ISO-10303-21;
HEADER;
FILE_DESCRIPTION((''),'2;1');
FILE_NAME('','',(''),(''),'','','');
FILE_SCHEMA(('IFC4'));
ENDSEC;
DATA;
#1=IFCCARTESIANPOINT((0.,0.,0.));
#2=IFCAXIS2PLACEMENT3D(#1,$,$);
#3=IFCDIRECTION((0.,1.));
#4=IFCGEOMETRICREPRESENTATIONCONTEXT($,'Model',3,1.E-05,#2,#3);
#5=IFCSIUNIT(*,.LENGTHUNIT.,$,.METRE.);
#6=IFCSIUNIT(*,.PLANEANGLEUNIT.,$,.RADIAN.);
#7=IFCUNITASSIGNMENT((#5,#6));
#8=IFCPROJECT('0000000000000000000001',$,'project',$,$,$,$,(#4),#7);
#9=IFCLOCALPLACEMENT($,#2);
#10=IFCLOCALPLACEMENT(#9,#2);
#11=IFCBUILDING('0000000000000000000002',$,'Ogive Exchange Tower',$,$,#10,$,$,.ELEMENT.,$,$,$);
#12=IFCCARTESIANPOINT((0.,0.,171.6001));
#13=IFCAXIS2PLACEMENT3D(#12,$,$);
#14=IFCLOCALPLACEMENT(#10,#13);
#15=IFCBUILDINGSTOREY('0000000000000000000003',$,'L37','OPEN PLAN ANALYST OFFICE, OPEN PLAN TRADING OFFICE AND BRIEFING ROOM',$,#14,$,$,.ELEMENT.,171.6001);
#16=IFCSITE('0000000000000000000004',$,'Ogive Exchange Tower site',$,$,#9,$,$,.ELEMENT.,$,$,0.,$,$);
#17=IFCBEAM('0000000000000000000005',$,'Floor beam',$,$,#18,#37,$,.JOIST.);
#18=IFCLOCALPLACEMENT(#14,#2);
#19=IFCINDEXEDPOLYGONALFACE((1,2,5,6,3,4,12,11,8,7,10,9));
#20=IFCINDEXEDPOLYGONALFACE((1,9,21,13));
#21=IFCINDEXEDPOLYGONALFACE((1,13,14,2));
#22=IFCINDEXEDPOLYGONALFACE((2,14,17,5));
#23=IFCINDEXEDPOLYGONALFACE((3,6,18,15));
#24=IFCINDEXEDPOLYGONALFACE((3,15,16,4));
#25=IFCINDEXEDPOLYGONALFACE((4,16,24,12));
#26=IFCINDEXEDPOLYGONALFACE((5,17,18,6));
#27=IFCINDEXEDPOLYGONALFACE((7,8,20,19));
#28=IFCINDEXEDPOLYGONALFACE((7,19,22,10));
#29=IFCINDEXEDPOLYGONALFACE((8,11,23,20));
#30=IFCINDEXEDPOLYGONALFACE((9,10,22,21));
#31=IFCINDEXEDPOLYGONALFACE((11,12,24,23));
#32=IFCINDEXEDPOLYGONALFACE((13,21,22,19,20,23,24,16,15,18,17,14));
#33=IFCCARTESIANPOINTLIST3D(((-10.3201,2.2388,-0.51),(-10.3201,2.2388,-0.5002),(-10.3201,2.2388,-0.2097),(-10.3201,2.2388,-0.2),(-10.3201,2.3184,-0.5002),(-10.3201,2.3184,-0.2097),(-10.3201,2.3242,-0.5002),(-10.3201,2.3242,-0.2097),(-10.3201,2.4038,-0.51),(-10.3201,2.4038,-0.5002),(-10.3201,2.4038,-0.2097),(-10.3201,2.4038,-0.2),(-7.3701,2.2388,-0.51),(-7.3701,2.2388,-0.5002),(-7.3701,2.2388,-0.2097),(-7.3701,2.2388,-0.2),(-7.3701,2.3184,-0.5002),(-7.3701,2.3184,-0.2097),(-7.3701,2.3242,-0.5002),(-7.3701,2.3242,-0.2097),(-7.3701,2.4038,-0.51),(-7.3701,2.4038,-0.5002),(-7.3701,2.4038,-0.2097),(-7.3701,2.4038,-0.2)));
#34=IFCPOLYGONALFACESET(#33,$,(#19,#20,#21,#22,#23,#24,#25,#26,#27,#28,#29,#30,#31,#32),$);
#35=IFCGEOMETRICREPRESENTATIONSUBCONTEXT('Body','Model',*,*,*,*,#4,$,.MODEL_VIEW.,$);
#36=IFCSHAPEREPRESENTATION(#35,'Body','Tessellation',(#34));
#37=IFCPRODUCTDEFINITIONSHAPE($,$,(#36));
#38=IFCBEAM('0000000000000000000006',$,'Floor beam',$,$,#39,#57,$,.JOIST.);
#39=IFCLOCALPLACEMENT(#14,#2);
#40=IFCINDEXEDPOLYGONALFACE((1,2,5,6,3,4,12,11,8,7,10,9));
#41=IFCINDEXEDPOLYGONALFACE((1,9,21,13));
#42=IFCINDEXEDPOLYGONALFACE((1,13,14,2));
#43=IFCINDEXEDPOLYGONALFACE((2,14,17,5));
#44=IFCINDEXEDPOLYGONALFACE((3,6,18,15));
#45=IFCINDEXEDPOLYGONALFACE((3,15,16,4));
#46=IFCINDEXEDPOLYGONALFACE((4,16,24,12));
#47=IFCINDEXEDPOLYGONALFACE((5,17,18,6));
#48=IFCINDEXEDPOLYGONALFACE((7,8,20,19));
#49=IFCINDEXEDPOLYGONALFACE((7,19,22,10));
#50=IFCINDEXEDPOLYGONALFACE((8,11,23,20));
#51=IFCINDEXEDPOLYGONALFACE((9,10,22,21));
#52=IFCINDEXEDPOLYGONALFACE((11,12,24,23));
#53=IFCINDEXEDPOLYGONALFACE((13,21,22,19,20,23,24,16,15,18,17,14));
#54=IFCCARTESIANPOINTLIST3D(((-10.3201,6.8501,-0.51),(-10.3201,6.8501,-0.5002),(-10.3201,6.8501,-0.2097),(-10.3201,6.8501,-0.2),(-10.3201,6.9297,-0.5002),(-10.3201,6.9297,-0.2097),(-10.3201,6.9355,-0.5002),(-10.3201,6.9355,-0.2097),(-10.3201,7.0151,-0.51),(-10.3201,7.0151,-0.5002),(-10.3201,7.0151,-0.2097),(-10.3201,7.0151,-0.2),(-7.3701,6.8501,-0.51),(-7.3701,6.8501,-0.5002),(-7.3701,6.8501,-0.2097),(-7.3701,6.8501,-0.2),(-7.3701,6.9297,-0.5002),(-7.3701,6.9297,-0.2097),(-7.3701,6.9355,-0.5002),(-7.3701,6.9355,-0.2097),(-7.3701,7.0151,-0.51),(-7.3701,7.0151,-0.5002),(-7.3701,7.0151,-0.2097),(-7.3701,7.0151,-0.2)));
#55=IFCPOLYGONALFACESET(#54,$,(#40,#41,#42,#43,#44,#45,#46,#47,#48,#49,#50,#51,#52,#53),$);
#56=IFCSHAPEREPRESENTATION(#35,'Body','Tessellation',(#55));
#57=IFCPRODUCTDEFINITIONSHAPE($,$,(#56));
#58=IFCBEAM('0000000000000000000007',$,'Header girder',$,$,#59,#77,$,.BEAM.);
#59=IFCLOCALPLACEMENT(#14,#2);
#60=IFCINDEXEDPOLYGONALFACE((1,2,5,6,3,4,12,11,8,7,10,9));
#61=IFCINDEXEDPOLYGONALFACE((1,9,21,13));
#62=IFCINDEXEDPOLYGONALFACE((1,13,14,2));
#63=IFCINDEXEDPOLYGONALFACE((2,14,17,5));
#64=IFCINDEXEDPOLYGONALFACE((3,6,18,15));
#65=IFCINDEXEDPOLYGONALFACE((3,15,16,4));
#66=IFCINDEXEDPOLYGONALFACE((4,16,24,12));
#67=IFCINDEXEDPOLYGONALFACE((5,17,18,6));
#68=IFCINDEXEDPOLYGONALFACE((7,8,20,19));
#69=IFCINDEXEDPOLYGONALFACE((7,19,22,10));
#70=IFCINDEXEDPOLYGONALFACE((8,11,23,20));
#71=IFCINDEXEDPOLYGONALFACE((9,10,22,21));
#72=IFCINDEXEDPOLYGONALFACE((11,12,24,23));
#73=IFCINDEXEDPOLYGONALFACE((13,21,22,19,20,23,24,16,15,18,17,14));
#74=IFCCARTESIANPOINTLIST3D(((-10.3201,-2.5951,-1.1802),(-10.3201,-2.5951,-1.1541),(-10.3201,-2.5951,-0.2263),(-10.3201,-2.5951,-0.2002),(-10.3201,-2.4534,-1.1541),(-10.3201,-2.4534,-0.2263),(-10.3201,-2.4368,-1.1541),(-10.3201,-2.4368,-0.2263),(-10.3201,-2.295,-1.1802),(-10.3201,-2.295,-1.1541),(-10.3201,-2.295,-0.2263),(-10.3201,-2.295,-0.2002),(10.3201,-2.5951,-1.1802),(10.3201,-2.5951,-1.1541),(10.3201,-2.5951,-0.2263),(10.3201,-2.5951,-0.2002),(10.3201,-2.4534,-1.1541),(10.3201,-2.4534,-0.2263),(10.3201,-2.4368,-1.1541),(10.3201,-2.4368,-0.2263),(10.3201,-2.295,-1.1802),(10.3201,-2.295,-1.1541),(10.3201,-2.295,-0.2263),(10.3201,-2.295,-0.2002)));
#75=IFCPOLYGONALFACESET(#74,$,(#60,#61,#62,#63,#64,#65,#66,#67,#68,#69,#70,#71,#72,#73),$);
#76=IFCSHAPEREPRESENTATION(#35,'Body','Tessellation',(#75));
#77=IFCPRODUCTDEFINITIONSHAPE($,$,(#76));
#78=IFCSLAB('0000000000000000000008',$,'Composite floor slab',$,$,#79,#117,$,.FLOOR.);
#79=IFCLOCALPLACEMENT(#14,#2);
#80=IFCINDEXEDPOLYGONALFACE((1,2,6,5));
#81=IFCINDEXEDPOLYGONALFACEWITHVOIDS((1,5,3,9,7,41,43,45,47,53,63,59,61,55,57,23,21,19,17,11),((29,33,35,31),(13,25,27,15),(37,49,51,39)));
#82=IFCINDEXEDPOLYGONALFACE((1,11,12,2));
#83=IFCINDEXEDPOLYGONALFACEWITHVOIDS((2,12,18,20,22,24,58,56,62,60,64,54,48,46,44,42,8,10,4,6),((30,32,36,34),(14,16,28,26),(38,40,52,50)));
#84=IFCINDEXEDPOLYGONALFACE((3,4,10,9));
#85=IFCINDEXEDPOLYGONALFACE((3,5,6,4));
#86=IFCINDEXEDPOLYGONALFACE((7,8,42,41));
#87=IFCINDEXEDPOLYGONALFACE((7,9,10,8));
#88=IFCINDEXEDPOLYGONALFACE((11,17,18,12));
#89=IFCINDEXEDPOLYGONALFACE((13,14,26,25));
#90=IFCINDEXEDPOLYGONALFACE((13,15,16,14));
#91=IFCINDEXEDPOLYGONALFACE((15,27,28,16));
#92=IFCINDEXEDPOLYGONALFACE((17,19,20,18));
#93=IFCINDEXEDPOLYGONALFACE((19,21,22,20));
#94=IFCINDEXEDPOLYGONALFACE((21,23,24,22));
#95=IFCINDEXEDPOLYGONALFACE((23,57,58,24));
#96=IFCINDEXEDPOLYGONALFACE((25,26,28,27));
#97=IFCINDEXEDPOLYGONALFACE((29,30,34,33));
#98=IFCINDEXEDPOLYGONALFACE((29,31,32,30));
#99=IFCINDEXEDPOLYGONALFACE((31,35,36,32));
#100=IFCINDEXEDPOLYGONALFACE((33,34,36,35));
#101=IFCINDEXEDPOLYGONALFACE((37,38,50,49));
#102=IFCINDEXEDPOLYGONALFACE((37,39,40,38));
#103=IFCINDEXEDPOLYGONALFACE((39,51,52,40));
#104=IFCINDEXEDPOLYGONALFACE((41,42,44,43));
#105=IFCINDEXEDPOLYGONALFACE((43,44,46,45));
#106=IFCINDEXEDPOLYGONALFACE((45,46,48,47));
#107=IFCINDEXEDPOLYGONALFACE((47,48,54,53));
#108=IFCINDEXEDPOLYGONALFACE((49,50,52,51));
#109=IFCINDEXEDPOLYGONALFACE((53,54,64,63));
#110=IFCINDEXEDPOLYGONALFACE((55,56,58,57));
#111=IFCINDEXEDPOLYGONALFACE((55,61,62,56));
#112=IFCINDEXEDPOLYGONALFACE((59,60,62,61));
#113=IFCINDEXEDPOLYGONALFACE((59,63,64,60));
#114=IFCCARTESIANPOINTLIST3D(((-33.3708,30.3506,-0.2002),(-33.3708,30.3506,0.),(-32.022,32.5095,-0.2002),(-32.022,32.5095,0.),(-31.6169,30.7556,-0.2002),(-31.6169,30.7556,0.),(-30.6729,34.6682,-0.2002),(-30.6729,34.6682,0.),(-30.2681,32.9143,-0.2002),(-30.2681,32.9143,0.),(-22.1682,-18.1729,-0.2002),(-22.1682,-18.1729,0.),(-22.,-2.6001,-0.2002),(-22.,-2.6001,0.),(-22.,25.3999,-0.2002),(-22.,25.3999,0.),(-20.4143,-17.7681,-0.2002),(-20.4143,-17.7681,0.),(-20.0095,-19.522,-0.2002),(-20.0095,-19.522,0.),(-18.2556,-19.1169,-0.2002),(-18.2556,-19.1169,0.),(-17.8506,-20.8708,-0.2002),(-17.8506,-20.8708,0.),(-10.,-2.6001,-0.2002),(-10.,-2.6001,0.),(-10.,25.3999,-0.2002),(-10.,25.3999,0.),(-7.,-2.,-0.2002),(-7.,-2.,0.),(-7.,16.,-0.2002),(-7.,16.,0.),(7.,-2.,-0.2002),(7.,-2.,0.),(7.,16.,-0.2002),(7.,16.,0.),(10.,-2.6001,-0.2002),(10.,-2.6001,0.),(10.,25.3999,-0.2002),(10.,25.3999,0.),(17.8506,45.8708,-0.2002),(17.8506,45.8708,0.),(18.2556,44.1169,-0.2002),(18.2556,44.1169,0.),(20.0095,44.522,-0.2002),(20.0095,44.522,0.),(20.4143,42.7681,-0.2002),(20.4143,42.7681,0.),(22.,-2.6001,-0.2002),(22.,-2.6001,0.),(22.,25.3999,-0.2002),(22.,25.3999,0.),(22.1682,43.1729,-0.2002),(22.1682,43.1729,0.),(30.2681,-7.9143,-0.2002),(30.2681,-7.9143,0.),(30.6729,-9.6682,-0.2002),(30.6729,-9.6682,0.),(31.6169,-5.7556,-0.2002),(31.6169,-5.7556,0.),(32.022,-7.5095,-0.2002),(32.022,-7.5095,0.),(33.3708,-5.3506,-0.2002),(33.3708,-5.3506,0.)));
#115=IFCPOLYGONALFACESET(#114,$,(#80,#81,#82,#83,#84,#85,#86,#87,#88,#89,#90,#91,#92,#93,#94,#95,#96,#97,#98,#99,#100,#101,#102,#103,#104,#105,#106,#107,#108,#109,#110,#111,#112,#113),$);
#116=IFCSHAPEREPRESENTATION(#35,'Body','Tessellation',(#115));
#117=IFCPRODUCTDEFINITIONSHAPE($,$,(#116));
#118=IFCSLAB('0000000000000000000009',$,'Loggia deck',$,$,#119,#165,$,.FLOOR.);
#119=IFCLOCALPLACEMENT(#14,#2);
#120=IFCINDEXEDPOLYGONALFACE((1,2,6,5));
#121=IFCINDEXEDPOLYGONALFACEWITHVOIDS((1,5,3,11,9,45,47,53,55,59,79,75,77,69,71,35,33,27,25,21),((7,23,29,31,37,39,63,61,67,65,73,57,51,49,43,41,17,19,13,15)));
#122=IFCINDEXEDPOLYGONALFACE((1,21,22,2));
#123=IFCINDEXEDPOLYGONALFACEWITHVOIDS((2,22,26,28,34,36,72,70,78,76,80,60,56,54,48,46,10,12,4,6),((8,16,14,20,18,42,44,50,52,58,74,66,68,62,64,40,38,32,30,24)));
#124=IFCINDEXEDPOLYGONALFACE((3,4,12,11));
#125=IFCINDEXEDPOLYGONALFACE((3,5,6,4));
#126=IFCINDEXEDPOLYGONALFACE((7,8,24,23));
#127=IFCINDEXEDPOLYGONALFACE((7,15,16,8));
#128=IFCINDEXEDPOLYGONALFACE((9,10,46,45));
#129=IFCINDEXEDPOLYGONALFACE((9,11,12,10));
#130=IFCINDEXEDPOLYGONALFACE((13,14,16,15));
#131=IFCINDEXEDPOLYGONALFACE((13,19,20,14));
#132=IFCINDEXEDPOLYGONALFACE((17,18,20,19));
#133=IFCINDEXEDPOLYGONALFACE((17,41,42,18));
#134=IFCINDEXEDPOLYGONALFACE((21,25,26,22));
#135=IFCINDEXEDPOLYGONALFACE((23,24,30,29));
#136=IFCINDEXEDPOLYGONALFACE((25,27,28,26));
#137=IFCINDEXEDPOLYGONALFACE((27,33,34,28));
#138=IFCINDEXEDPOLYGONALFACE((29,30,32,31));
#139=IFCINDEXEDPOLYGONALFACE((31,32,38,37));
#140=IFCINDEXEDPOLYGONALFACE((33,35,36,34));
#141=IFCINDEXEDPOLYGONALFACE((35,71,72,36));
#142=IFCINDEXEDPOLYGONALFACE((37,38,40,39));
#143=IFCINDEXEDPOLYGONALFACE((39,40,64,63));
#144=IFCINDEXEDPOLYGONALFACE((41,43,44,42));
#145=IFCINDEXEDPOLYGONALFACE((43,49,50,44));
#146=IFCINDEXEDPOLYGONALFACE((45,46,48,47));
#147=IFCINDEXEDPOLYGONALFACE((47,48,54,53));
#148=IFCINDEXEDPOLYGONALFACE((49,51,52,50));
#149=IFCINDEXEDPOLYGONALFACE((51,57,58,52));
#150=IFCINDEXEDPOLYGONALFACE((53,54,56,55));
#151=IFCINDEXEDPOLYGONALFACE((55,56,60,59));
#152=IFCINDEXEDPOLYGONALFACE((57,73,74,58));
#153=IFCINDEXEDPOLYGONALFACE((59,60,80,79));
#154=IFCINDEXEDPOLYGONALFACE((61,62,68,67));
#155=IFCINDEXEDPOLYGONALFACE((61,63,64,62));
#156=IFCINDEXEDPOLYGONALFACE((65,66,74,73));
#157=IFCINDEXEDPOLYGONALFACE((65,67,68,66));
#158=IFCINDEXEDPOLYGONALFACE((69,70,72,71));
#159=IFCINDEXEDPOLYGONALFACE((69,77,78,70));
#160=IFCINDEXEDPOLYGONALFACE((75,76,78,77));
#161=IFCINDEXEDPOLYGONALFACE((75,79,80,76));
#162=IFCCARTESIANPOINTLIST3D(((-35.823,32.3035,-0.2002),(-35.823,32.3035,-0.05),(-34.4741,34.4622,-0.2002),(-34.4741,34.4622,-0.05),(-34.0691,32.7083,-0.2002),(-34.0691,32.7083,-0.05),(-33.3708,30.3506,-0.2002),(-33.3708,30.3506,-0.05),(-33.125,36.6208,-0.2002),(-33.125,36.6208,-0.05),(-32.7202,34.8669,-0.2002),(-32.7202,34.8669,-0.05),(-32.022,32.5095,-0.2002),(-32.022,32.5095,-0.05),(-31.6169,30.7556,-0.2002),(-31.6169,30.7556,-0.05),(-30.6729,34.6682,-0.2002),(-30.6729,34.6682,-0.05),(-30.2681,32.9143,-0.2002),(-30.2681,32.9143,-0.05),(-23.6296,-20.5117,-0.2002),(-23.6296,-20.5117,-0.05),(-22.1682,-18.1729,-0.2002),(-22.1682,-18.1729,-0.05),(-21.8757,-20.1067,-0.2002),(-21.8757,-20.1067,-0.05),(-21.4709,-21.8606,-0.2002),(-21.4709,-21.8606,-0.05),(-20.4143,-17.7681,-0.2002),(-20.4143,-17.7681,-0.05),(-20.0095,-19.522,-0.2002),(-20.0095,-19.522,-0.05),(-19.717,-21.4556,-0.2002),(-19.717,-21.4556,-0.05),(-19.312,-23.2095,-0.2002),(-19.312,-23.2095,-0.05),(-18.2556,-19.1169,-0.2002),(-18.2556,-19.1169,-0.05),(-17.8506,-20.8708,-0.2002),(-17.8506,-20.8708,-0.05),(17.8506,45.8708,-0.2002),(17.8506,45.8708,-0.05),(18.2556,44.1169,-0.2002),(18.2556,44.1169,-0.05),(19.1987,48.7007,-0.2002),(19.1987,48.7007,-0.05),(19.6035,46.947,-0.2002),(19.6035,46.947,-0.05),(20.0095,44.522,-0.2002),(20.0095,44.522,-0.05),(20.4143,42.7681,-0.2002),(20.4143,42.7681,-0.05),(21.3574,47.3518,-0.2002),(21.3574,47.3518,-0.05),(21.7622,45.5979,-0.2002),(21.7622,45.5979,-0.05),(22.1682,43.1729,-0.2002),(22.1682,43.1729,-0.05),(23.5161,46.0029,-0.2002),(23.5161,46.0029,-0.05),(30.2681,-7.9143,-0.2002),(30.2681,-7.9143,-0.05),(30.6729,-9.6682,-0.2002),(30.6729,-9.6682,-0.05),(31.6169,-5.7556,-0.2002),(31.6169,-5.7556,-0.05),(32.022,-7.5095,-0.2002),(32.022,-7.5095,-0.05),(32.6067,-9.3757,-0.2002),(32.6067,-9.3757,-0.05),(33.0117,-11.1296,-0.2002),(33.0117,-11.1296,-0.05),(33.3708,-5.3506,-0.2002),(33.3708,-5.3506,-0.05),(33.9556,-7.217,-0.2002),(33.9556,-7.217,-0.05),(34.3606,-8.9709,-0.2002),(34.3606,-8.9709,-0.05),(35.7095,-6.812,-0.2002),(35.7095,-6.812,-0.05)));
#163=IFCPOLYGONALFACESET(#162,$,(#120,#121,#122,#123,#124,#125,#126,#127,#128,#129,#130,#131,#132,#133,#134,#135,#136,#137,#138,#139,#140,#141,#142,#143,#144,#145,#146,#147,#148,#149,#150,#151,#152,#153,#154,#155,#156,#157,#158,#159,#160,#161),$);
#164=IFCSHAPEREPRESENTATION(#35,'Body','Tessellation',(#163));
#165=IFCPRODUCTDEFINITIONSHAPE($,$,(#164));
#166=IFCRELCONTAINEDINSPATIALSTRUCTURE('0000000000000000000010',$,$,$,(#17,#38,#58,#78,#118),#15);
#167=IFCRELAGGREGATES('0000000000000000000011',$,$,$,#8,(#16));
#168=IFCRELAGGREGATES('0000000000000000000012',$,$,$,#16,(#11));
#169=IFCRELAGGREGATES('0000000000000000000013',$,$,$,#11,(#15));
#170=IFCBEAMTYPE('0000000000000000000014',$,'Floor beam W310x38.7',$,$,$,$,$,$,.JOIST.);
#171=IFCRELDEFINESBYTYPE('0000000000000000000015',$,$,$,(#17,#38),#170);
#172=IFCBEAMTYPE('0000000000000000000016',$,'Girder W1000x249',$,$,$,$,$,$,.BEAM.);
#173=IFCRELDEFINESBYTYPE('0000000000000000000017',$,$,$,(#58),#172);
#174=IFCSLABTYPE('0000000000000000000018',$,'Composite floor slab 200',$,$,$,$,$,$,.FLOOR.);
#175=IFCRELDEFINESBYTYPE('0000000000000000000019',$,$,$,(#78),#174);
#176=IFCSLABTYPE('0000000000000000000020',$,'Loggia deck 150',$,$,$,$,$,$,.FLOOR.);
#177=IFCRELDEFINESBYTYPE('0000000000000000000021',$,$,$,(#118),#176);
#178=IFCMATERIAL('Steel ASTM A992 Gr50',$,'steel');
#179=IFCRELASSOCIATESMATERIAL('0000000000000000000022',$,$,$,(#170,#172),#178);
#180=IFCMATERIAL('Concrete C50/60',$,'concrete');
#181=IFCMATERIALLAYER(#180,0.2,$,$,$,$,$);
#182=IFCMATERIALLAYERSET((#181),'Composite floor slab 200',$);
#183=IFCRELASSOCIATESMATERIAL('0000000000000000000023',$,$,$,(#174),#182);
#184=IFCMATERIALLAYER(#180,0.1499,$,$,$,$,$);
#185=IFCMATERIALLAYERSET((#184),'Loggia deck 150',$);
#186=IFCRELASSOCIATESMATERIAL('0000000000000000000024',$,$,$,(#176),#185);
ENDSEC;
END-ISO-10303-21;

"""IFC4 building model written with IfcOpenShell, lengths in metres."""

from ifc_helpers import new_model, si_unit, direction, frame, origin, origin_2d, place, context, subcontext, project, spatial, polyline, i_section, outline, extrude, material, layer, layer_set, material_profile, profile_set, type_object, element, save


model = new_model("IFC4")

# Units and contexts
model_context = context("Model", 3, precision=1e-05, world=origin(), true_north=direction((0.0, 1.0)))
body_context = subcontext(model_context, "Body", "Model", "MODEL_VIEW")
ifc_project = project(units=[si_unit("LENGTHUNIT", "METRE"), si_unit("PLANEANGLEUNIT", "RADIAN")], contexts=[model_context])

# Site, building, storey
site_placement = place(None, origin())
site = spatial("IfcSite", under=ifc_project, at=site_placement, Name="Ogive Exchange Tower site", CompositionType="ELEMENT", RefElevation=0.0)
building_placement = place(site_placement, origin())
building = spatial("IfcBuilding", under=site, at=building_placement, Name="Ogive Exchange Tower", CompositionType="ELEMENT")
storey_placement = place(building_placement, frame((0.0, 0.0, 171.6001)))
storey = spatial("IfcBuildingStorey", under=building, at=storey_placement, Name="L37", Description="OPEN PLAN ANALYST OFFICE, OPEN PLAN TRADING OFFICE AND BRIEFING ROOM", CompositionType="ELEMENT", Elevation=171.6001)

# Beams
ifc_material_1 = material(Name="Steel ASTM A992 Gr50", Category="steel")
ifc_material_profile_1 = material_profile(ifc_material_1, i_section(OverallWidth=0.165, OverallDepth=0.3101, WebThickness=0.0059, FlangeThickness=0.0098, at=origin_2d()), Name="W310x38.7")
ifc_profile_set_1 = profile_set([ifc_material_profile_1], Name="Steel ASTM A992 Gr50")
beam_type_1 = type_object("IfcBeamType", Name="Floor beam W310x38.7", PredefinedType="JOIST", material=ifc_profile_set_1)
for number, where, z_axis, x_axis, name in (
    (1, (-10.3201, 2.3213, -0.355), (1.0, 0.0, 0.0), (0.0, 1.0, 0.0), "Floor beam"),
    (2, (-10.3201, 6.9326, -0.355), (1.0, 0.0, 0.0), (0.0, 1.0, 0.0), "Floor beam"),
):
    element("IfcBeam", number, at=place(storey_placement, frame(where, z_axis=z_axis, x_axis=x_axis)), inside=storey, type_object=beam_type_1, Name=name, PredefinedType="JOIST", context=body_context, shape_type="SweptSolid", body=[
        extrude(i_section(OverallWidth=0.165, OverallDepth=0.3101, WebThickness=0.0059, FlangeThickness=0.0098, at=origin_2d()), origin(), (0.0, 0.0, 1.0), 2.95),
    ])
ifc_material_profile_2 = material_profile(ifc_material_1, i_section(OverallWidth=0.3, OverallDepth=0.98, WebThickness=0.0166, FlangeThickness=0.0261, at=origin_2d()), Name="W1000x249")
ifc_profile_set_2 = profile_set([ifc_material_profile_2], Name="Steel ASTM A992 Gr50")
beam_type_2 = type_object("IfcBeamType", Name="Girder W1000x249", PredefinedType="BEAM", material=ifc_profile_set_2)
beam_placement = place(storey_placement, frame((-10.3201, -2.4451, -0.6902), z_axis=(1.0, 0.0, 0.0), x_axis=(0.0, 1.0, 0.0)))
element("IfcBeam", 3, at=beam_placement, inside=storey, type_object=beam_type_2, Name="Header girder", PredefinedType="BEAM", context=body_context, shape_type="SweptSolid", body=[
    extrude(i_section(OverallWidth=0.3, OverallDepth=0.98, WebThickness=0.0166, FlangeThickness=0.0261, at=origin_2d()), origin(), (0.0, 0.0, 1.0), 20.6401),
])

# Slabs
ifc_material_2 = material(Name="Concrete C50/60", Category="concrete")
ifc_layer_1 = layer(ifc_material_2, 0.2)
ifc_layer_set_1 = layer_set([ifc_layer_1], Name="Composite floor slab 200")
slab_type_1 = type_object("IfcSlabType", Name="Composite floor slab 200", PredefinedType="FLOOR", material=ifc_layer_set_1)
slab_1_placement = place(storey_placement, frame((0.0, 0.0, -0.2002)))
element("IfcSlab", 4, at=slab_1_placement, inside=storey, type_object=slab_type_1, Name="Composite floor slab", PredefinedType="FLOOR", context=body_context, shape_type="SweptSolid", body=[
    extrude(outline(polyline([(-18.2556, -19.1169), (-20.0095, -19.522), (-20.4143, -17.7681), (-22.1682, -18.1729), (-33.3708, 30.3506), (-31.6169, 30.7556), (-32.022, 32.5095), (-30.2681, 32.9143), (-30.6729, 34.6682), (17.8506, 45.8708), (18.2556, 44.1169), (20.0095, 44.522), (20.4143, 42.7681), (22.1682, 43.1729), (33.3708, -5.3506), (31.6169, -5.7556), (32.022, -7.5095), (30.2681, -7.9143), (30.6729, -9.6682), (-17.8506, -20.8708), (-18.2556, -19.1169)]), holes=[polyline([(7.0, -2.0), (7.0, 16.0), (-7.0, 16.0), (-7.0, -2.0), (7.0, -2.0)]), polyline([(-22.0, -2.6001), (-10.0, -2.6001), (-10.0, 25.3999), (-22.0, 25.3999), (-22.0, -2.6001)]), polyline([(10.0, -2.6001), (22.0, -2.6001), (22.0, 25.3999), (10.0, 25.3999), (10.0, -2.6001)])]), origin(), (0.0, 0.0, 1.0), 0.2002),
])
ifc_layer_2 = layer(ifc_material_2, 0.1499)
ifc_layer_set_2 = layer_set([ifc_layer_2], Name="Loggia deck 150")
slab_type_2 = type_object("IfcSlabType", Name="Loggia deck 150", PredefinedType="FLOOR", material=ifc_layer_set_2)
slab_2_placement = place(storey_placement, frame((0.0, 0.0, -0.2002)))
element("IfcSlab", 5, at=slab_2_placement, inside=storey, type_object=slab_type_2, Name="Loggia deck", PredefinedType="FLOOR", context=body_context, shape_type="SweptSolid", body=[
    extrude(outline(polyline([(-19.717, -21.4556), (-21.4709, -21.8606), (-21.8757, -20.1067), (-23.6296, -20.5117), (-35.823, 32.3035), (-34.0691, 32.7083), (-34.4741, 34.4622), (-32.7202, 34.8669), (-33.125, 36.6208), (19.1987, 48.7007), (19.6035, 46.947), (21.3574, 47.3518), (21.7622, 45.5979), (23.5161, 46.0029), (35.7095, -6.812), (33.9556, -7.217), (34.3606, -8.9709), (32.6067, -9.3757), (33.0117, -11.1296), (-19.312, -23.2095), (-19.717, -21.4556)]), holes=[polyline([(30.2681, -7.9143), (32.022, -7.5095), (31.6169, -5.7556), (33.3708, -5.3506), (22.1682, 43.1729), (20.4143, 42.7681), (20.0095, 44.522), (18.2556, 44.1169), (17.8506, 45.8708), (-30.6729, 34.6682), (-30.2681, 32.9143), (-32.022, 32.5095), (-31.6169, 30.7556), (-33.3708, 30.3506), (-22.1682, -18.1729), (-20.4143, -17.7681), (-20.0095, -19.522), (-18.2556, -19.1169), (-17.8506, -20.8708), (30.6729, -9.6682), (30.2681, -7.9143)])]), origin(), (0.0, 0.0, 1.0), 0.1501),
])

save(model, "model.ifc")
